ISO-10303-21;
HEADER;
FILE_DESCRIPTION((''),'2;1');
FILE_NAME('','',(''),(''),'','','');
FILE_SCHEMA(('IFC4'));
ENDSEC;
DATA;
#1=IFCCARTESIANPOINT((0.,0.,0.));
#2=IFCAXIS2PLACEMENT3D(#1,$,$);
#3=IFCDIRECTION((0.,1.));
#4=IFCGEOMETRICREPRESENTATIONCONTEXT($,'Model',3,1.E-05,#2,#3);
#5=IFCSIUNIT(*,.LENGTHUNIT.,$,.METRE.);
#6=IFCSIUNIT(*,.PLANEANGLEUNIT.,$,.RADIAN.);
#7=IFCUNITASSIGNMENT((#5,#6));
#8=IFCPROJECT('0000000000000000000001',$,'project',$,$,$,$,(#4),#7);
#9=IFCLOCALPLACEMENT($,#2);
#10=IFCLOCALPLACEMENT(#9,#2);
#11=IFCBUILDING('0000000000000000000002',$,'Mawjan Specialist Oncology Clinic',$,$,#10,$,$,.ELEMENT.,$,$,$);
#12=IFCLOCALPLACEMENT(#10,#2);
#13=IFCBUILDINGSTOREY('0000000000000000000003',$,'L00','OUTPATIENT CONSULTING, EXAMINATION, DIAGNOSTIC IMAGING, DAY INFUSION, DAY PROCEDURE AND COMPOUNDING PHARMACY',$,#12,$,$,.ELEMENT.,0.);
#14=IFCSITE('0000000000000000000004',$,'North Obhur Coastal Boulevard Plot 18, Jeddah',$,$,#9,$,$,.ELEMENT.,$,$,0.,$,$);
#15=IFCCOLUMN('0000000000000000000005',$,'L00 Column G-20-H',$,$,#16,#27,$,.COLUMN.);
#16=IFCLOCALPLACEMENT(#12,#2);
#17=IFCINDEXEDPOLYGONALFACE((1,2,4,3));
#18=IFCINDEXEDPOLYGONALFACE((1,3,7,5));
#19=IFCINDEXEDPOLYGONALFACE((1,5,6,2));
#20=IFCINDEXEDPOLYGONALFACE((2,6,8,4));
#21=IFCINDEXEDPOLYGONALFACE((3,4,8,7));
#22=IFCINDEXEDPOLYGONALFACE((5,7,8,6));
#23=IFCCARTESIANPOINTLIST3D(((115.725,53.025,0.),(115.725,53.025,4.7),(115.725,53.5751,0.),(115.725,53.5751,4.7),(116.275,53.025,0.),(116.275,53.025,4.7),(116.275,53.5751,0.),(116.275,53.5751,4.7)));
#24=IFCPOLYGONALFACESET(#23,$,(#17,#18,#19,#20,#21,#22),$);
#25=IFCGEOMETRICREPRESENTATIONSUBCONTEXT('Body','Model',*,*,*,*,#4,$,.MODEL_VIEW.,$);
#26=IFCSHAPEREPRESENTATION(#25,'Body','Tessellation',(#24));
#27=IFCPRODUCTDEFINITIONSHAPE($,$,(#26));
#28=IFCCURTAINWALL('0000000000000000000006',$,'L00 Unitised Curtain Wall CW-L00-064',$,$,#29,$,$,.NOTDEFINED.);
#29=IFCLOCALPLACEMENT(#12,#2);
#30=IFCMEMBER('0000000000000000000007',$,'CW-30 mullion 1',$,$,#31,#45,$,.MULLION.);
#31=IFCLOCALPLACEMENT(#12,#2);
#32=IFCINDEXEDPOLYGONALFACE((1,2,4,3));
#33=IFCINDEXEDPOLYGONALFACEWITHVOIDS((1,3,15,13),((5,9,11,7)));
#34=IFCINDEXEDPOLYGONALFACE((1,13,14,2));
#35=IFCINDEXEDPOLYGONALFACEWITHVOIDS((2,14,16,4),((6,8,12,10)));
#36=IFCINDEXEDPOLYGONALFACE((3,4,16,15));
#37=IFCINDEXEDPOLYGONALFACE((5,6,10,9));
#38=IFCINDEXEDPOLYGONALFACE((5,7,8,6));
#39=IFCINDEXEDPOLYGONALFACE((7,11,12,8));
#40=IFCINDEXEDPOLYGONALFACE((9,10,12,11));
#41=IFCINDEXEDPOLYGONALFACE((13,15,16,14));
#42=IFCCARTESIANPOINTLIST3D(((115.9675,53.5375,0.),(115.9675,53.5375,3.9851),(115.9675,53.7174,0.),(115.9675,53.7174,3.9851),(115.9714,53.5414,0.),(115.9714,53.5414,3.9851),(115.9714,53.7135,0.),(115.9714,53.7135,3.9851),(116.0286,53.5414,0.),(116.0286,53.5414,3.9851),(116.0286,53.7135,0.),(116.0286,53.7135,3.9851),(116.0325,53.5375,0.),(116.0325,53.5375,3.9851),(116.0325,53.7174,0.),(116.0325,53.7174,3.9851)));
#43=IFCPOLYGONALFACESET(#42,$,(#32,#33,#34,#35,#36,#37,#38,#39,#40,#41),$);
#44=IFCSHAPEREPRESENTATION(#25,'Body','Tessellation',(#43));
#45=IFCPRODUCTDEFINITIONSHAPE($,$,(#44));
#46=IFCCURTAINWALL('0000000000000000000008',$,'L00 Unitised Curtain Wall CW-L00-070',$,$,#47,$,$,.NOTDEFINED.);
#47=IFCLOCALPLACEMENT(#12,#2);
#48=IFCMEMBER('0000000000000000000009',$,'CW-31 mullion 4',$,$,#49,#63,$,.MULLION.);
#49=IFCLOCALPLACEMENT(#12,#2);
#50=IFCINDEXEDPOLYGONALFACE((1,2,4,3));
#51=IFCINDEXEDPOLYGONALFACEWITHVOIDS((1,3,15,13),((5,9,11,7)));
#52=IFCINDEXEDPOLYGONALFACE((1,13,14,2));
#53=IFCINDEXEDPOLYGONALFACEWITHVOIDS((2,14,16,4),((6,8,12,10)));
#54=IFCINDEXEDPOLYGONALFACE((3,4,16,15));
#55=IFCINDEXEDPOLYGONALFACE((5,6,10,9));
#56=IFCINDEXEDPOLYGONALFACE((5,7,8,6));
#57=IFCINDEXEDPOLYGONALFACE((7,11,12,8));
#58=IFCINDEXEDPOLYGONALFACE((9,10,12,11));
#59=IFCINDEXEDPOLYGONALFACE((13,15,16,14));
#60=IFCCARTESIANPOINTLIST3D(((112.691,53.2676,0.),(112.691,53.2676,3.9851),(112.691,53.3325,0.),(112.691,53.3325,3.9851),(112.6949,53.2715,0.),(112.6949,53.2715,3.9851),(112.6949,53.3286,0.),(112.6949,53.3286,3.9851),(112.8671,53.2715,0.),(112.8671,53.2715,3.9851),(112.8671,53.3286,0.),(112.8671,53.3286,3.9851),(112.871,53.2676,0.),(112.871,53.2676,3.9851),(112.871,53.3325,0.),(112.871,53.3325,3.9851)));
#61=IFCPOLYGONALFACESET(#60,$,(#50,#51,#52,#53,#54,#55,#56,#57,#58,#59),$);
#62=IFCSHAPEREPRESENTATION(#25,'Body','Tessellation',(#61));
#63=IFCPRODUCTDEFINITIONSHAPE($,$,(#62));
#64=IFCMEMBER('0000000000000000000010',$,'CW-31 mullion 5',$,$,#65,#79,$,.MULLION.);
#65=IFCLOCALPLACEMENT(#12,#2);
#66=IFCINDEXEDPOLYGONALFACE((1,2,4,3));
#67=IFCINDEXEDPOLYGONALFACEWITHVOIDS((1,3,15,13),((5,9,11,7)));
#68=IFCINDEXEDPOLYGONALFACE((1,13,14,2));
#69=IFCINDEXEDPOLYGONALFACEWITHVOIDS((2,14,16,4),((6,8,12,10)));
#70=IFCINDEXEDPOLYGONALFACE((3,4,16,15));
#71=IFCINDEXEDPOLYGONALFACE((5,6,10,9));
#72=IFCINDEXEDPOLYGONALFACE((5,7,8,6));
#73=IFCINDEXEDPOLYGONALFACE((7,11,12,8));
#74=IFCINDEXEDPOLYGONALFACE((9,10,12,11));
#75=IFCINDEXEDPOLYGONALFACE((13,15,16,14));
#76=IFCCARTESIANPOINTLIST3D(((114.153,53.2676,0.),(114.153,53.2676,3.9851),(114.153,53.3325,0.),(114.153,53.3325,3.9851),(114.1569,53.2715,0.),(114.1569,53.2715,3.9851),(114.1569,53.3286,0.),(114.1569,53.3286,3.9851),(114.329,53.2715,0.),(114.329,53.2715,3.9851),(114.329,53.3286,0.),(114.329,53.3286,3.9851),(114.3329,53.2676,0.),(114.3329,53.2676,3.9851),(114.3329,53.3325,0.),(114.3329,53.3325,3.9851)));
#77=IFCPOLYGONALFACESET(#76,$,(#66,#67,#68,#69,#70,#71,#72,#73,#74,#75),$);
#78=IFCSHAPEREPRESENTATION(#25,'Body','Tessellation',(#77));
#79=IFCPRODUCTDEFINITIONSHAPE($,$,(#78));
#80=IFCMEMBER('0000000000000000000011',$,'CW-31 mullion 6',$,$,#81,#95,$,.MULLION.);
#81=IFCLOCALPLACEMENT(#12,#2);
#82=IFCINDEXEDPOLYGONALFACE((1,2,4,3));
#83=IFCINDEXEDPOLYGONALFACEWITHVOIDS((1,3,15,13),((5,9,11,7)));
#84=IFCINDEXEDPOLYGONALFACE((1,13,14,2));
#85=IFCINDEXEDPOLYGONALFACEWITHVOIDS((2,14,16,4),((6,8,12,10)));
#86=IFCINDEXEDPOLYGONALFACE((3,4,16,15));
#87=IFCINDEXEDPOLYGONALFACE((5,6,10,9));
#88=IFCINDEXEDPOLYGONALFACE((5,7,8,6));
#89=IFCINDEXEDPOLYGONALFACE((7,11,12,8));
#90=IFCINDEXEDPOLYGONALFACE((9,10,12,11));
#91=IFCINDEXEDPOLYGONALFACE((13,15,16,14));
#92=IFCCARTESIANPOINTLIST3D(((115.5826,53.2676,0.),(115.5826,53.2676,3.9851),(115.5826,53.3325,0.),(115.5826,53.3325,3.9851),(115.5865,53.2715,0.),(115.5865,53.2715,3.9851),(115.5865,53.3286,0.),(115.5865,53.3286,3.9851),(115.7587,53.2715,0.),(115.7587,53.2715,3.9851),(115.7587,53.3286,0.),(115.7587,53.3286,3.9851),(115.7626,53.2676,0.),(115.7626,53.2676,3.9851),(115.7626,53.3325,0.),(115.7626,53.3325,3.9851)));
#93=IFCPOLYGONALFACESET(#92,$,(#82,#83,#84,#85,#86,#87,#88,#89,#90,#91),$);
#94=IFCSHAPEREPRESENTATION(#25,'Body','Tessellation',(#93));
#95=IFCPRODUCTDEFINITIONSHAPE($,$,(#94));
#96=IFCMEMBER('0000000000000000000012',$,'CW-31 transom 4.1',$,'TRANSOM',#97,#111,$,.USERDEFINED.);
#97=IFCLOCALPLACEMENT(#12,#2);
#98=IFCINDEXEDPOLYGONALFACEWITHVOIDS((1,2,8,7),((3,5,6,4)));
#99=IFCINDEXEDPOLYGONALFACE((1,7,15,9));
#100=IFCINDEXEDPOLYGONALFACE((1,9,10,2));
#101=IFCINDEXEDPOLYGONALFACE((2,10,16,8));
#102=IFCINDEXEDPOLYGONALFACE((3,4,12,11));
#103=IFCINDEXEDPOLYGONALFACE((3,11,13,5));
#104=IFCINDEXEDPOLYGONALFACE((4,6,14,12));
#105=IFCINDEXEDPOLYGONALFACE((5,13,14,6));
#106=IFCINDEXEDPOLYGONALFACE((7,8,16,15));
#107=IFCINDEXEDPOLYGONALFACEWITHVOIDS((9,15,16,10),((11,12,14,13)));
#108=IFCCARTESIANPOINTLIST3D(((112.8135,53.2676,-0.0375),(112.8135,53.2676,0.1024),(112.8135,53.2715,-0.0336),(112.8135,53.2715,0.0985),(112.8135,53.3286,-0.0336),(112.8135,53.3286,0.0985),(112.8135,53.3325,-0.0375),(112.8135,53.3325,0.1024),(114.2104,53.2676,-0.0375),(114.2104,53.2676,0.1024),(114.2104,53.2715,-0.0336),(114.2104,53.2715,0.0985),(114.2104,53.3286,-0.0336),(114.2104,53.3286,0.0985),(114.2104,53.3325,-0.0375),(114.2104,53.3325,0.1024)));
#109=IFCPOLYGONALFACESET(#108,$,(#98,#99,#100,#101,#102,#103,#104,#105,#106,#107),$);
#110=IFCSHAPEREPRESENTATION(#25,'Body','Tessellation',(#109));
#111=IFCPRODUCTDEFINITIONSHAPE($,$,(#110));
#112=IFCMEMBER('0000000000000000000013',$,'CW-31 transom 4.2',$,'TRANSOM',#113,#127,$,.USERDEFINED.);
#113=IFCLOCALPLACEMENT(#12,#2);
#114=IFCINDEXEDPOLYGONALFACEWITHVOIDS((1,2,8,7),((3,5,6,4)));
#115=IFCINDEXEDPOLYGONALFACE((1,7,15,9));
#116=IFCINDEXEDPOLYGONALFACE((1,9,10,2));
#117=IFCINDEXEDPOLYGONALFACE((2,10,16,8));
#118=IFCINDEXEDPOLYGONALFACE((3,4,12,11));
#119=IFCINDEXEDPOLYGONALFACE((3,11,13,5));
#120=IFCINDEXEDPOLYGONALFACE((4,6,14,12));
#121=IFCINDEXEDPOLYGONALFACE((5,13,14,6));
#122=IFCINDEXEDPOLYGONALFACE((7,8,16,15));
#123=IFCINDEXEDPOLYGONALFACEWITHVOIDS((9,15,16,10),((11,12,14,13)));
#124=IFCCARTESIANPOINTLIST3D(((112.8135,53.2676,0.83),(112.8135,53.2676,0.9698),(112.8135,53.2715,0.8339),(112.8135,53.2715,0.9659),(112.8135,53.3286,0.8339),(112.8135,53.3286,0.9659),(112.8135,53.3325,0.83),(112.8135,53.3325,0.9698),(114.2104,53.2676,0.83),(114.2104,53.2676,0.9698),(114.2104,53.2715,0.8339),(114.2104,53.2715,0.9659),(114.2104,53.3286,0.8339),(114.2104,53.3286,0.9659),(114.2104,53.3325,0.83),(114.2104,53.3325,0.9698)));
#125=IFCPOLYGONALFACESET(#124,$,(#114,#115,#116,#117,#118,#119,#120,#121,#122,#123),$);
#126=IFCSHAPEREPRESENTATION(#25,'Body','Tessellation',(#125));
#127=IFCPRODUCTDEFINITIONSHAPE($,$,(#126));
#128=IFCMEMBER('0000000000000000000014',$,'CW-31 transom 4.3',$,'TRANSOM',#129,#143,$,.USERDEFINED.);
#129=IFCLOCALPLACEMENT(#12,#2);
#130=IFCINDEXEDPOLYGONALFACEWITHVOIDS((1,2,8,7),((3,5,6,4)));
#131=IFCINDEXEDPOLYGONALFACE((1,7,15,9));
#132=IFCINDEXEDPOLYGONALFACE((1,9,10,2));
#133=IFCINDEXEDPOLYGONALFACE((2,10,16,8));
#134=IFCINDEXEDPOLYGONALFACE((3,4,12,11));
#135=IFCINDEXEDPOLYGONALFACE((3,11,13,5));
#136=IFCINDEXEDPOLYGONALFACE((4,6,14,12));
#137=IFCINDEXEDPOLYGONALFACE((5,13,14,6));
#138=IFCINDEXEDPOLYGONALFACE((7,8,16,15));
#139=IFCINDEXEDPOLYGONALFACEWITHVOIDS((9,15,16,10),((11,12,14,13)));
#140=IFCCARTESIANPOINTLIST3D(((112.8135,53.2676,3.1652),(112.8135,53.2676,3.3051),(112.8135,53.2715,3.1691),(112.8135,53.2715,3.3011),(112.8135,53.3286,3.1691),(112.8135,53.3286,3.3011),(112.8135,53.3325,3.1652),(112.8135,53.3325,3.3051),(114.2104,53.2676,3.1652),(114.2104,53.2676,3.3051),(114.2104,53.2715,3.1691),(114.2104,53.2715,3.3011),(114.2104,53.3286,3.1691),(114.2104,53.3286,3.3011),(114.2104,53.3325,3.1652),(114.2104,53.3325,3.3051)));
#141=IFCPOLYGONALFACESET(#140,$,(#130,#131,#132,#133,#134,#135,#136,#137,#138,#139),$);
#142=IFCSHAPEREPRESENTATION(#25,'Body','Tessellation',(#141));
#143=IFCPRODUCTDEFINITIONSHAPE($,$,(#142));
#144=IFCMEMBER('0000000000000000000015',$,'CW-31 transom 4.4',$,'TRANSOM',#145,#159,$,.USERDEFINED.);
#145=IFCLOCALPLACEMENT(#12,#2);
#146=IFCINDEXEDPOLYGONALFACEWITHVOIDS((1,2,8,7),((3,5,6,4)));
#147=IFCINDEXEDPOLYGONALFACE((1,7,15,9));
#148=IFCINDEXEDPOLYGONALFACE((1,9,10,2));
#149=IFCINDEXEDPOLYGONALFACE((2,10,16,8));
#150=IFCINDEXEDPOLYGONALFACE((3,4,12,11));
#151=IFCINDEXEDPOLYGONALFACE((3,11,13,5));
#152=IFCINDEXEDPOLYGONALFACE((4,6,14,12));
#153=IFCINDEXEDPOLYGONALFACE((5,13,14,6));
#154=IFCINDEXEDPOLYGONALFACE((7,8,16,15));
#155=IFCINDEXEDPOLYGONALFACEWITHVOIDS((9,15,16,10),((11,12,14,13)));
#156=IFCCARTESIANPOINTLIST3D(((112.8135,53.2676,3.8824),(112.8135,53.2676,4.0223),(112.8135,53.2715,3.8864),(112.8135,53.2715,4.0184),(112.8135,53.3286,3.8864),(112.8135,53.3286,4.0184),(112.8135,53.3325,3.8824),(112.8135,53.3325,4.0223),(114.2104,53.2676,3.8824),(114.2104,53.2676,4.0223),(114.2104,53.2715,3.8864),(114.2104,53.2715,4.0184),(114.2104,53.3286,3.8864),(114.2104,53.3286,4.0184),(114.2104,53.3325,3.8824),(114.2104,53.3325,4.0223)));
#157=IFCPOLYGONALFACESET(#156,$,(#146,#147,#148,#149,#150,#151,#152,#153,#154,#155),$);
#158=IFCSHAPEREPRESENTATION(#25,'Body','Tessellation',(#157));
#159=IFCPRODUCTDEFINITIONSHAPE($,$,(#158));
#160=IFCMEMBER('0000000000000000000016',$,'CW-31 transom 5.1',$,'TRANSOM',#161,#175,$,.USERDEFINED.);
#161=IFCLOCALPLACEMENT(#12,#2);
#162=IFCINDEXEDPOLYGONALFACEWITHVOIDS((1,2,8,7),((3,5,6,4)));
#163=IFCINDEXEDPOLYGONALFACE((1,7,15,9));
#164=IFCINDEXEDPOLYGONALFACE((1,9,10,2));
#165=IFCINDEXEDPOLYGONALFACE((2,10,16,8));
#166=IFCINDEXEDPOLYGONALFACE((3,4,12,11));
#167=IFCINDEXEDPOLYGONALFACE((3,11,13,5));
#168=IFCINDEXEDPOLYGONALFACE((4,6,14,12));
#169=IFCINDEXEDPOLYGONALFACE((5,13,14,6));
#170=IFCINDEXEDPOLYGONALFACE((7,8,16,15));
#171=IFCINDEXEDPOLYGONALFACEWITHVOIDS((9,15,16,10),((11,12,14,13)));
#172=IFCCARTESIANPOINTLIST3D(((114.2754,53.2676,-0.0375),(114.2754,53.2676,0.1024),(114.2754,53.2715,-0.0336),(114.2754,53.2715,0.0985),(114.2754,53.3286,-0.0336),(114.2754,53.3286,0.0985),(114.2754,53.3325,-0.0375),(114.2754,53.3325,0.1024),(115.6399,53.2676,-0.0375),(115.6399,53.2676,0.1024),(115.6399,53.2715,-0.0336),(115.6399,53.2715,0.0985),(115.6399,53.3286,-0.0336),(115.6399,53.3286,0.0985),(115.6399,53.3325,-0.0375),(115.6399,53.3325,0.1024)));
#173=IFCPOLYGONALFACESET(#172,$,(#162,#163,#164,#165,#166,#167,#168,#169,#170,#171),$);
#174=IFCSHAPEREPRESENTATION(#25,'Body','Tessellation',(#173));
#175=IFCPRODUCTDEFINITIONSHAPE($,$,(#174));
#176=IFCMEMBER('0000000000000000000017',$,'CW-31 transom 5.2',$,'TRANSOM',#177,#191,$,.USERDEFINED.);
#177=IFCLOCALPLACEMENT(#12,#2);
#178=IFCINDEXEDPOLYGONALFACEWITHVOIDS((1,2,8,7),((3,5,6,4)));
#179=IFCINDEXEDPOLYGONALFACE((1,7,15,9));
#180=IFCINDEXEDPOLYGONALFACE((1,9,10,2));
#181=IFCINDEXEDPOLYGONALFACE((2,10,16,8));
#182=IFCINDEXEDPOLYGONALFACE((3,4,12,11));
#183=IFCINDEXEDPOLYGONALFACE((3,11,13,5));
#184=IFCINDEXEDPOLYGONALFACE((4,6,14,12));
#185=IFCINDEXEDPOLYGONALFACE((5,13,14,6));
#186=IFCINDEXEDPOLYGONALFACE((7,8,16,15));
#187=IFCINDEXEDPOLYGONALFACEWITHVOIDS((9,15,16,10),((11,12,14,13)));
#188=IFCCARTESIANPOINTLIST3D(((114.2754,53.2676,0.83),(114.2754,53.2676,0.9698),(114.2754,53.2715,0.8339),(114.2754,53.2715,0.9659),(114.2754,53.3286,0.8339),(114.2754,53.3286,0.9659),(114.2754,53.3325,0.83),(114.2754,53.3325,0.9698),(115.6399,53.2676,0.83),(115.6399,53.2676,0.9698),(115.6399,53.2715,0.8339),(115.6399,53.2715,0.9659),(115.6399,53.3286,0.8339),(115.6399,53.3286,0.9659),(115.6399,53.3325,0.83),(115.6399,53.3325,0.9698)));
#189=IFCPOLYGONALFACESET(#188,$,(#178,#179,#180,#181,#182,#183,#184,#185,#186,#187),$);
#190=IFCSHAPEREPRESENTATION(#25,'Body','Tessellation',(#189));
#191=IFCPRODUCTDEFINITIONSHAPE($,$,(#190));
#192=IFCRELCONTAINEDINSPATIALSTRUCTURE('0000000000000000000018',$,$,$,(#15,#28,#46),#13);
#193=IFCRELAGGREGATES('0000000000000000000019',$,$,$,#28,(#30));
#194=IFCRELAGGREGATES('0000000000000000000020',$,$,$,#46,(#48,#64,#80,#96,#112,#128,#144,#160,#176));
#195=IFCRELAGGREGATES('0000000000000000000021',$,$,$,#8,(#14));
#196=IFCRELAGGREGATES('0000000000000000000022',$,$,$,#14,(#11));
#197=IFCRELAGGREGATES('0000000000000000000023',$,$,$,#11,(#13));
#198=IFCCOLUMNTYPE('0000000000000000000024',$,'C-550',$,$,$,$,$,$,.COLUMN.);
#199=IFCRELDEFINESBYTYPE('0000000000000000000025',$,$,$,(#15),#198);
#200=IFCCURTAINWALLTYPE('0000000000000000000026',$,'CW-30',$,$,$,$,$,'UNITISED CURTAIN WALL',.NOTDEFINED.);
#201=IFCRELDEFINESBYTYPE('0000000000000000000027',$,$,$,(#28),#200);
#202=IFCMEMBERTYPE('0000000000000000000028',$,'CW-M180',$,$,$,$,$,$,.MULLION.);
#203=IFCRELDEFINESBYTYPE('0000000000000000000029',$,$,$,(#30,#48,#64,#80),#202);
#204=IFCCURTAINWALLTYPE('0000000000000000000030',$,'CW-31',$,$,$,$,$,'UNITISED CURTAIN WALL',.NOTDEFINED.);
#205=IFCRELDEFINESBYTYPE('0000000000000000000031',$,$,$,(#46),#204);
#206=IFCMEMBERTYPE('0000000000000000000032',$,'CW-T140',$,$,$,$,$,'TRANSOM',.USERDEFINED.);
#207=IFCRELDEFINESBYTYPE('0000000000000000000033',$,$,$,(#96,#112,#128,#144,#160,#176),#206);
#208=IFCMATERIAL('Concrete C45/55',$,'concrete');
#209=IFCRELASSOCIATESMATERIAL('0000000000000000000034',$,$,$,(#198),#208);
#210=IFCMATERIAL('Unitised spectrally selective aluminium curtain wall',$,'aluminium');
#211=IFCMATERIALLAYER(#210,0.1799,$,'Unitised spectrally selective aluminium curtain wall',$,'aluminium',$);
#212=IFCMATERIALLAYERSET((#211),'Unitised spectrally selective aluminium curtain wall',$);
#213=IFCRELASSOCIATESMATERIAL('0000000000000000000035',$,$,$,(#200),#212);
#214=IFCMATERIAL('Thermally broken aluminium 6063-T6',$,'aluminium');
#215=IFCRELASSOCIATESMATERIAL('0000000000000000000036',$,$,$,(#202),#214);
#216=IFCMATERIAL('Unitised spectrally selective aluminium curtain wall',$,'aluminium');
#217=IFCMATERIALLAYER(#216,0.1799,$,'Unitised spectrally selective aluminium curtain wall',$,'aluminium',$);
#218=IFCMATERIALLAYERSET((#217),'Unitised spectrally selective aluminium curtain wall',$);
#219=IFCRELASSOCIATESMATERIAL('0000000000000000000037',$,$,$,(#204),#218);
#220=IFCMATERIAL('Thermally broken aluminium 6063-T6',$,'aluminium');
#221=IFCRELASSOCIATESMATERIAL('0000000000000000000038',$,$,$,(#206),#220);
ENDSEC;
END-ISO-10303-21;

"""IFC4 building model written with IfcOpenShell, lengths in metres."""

from ifc_helpers import new_model, si_unit, direction, frame, origin, origin_2d, place, context, subcontext, project, spatial, rectangle, hollow_rectangle, extrude, material, layer, layer_set, material_profile, profile_set, type_object, element, aggregate, save


model = new_model("IFC4")

# Units and contexts
model_context = context("Model", 3, precision=1e-05, world=origin(), true_north=direction((0.0, 1.0)))
body_context = subcontext(model_context, "Body", "Model", "MODEL_VIEW")
ifc_project = project(units=[si_unit("LENGTHUNIT", "METRE"), si_unit("PLANEANGLEUNIT", "RADIAN")], contexts=[model_context])

# Site, building, storey
site_placement = place(None, origin())
site = spatial("IfcSite", under=ifc_project, at=site_placement, Name="North Obhur Coastal Boulevard Plot 18, Jeddah", CompositionType="ELEMENT", RefElevation=0.0)
building_placement = place(site_placement, origin())
building = spatial("IfcBuilding", under=site, at=building_placement, Name="Mawjan Specialist Oncology Clinic", CompositionType="ELEMENT")
storey_placement = place(building_placement, origin())
storey = spatial("IfcBuildingStorey", under=building, at=storey_placement, Name="L00", Description="OUTPATIENT CONSULTING, EXAMINATION, DIAGNOSTIC IMAGING, DAY INFUSION, DAY PROCEDURE AND COMPOUNDING PHARMACY", CompositionType="ELEMENT", Elevation=0.0)

# Column
ifc_material_1 = material(Name="Concrete C45/55", Category="concrete")
ifc_material_profile_1 = material_profile(ifc_material_1, rectangle(XDim=0.55, YDim=0.55, at=origin_2d()), Name="RC COL 550x550", Category="concrete")
ifc_profile_set_1 = profile_set([ifc_material_profile_1], Name="Concrete C45/55")
column_type = type_object("IfcColumnType", Name="C-550", PredefinedType="COLUMN", material=ifc_profile_set_1)
column_placement = place(storey_placement, frame((116.0, 53.3, 0.0), z_axis=(0.0, 0.0, 1.0), x_axis=(1.0, 0.0, 0.0)))
element("IfcColumn", 1, at=column_placement, inside=storey, type_object=column_type, Name="L00 Column G-20-H", PredefinedType="COLUMN", context=body_context, shape_type="SweptSolid", body=[
    extrude(rectangle(XDim=0.55, YDim=0.55, at=origin_2d()), origin(), (0.0, 0.0, 1.0), 4.7),
])

# Curtain wall, member
ifc_material_2 = material(Name="Unitised spectrally selective aluminium curtain wall", Category="aluminium")
ifc_layer_1 = layer(ifc_material_2, 0.1799, Name="Unitised spectrally selective aluminium curtain wall", Category="aluminium")
ifc_layer_set_1 = layer_set([ifc_layer_1], Name="Unitised spectrally selective aluminium curtain wall")
curtain_wall_type_1 = type_object("IfcCurtainWallType", Name="CW-30", ElementType="UNITISED CURTAIN WALL", PredefinedType="NOTDEFINED", material=ifc_layer_set_1)
curtain_wall_1_placement = place(storey_placement, origin())
curtain_wall_1 = element("IfcCurtainWall", 2, at=curtain_wall_1_placement, inside=storey, type_object=curtain_wall_type_1, Name="L00 Unitised Curtain Wall CW-L00-064", PredefinedType="NOTDEFINED")
ifc_material_3 = material(Name="Thermally broken aluminium 6063-T6", Category="aluminium")
ifc_material_profile_2 = material_profile(ifc_material_3, hollow_rectangle(XDim=0.0649, YDim=0.1799, WallThickness=0.0039, at=origin_2d()), Name="ALU MULLION 180x65x4", Category="aluminium")
ifc_profile_set_2 = profile_set([ifc_material_profile_2], Name="Thermally broken aluminium 6063-T6")
member_type_1 = type_object("IfcMemberType", Name="CW-M180", PredefinedType="MULLION", material=ifc_profile_set_2)
member_1_placement = place(storey_placement, frame((116.0, 53.6274, 0.0), z_axis=(0.0, 0.0, 1.0), x_axis=(-1.0, 0.0, 0.0)))
member_1 = element("IfcMember", 3, at=member_1_placement, type_object=member_type_1, Name="CW-30 mullion 1", PredefinedType="MULLION", context=body_context, shape_type="SweptSolid", body=[
    extrude(hollow_rectangle(XDim=0.0649, YDim=0.1799, WallThickness=0.0039, at=origin_2d()), origin(), (0.0, 0.0, 1.0), 3.9851),
])
aggregate(curtain_wall_1, [member_1])

# Curtain wall, members
ifc_material_4 = material(Name="Unitised spectrally selective aluminium curtain wall", Category="aluminium")
ifc_layer_2 = layer(ifc_material_4, 0.1799, Name="Unitised spectrally selective aluminium curtain wall", Category="aluminium")
ifc_layer_set_2 = layer_set([ifc_layer_2], Name="Unitised spectrally selective aluminium curtain wall")
curtain_wall_type_2 = type_object("IfcCurtainWallType", Name="CW-31", ElementType="UNITISED CURTAIN WALL", PredefinedType="NOTDEFINED", material=ifc_layer_set_2)
curtain_wall_2_placement = place(storey_placement, origin())
curtain_wall_2 = element("IfcCurtainWall", 4, at=curtain_wall_2_placement, inside=storey, type_object=curtain_wall_type_2, Name="L00 Unitised Curtain Wall CW-L00-070", PredefinedType="NOTDEFINED")
member_2_placement = place(storey_placement, frame((112.781, 53.3, 0.0), z_axis=(0.0, 0.0, 1.0), x_axis=(0.0, 1.0, 0.0)))
member_2 = element("IfcMember", 5, at=member_2_placement, type_object=member_type_1, Name="CW-31 mullion 4", PredefinedType="MULLION", context=body_context, shape_type="SweptSolid", body=[
    extrude(hollow_rectangle(XDim=0.0649, YDim=0.1799, WallThickness=0.0039, at=origin_2d()), origin(), (0.0, 0.0, 1.0), 3.9851),
])
member_3_placement = place(storey_placement, frame((114.2429, 53.3, 0.0), z_axis=(0.0, 0.0, 1.0), x_axis=(0.0, 1.0, 0.0)))
member_3 = element("IfcMember", 6, at=member_3_placement, type_object=member_type_1, Name="CW-31 mullion 5", PredefinedType="MULLION", context=body_context, shape_type="SweptSolid", body=[
    extrude(hollow_rectangle(XDim=0.0649, YDim=0.1799, WallThickness=0.0039, at=origin_2d()), origin(), (0.0, 0.0, 1.0), 3.9851),
])
member_4_placement = place(storey_placement, frame((115.6726, 53.3, 0.0), z_axis=(0.0, 0.0, 1.0), x_axis=(0.0, 1.0, 0.0)))
member_4 = element("IfcMember", 7, at=member_4_placement, type_object=member_type_1, Name="CW-31 mullion 6", PredefinedType="MULLION", context=body_context, shape_type="SweptSolid", body=[
    extrude(hollow_rectangle(XDim=0.0649, YDim=0.1799, WallThickness=0.0039, at=origin_2d()), origin(), (0.0, 0.0, 1.0), 3.9851),
])
ifc_material_5 = material(Name="Thermally broken aluminium 6063-T6", Category="aluminium")
ifc_material_profile_3 = material_profile(ifc_material_5, hollow_rectangle(XDim=0.0649, YDim=0.1399, WallThickness=0.0039, at=origin_2d()), Name="ALU TRANSOM 140x65x4", Category="aluminium")
ifc_profile_set_3 = profile_set([ifc_material_profile_3], Name="Thermally broken aluminium 6063-T6")
member_type_2 = type_object("IfcMemberType", Name="CW-T140", ElementType="TRANSOM", PredefinedType="USERDEFINED", material=ifc_profile_set_3)
member_5_placement = place(storey_placement, frame((112.8135, 53.3, 0.0325), z_axis=(1.0, 0.0, 0.0), x_axis=(0.0, 1.0, 0.0)))
member_5 = element("IfcMember", 8, at=member_5_placement, type_object=member_type_2, Name="CW-31 transom 4.1", ObjectType="TRANSOM", PredefinedType="USERDEFINED", context=body_context, shape_type="SweptSolid", body=[
    extrude(hollow_rectangle(XDim=0.0649, YDim=0.1399, WallThickness=0.0039, at=origin_2d()), origin(), (0.0, 0.0, 1.0), 1.397),
])
member_6_placement = place(storey_placement, frame((112.8135, 53.3, 0.8999), z_axis=(1.0, 0.0, 0.0), x_axis=(0.0, 1.0, 0.0)))
member_6 = element("IfcMember", 9, at=member_6_placement, type_object=member_type_2, Name="CW-31 transom 4.2", ObjectType="TRANSOM", PredefinedType="USERDEFINED", context=body_context, shape_type="SweptSolid", body=[
    extrude(hollow_rectangle(XDim=0.0649, YDim=0.1399, WallThickness=0.0039, at=origin_2d()), origin(), (0.0, 0.0, 1.0), 1.397),
])
member_7_placement = place(storey_placement, frame((112.8135, 53.3, 3.2351), z_axis=(1.0, 0.0, 0.0), x_axis=(0.0, 1.0, 0.0)))
member_7 = element("IfcMember", 10, at=member_7_placement, type_object=member_type_2, Name="CW-31 transom 4.3", ObjectType="TRANSOM", PredefinedType="USERDEFINED", context=body_context, shape_type="SweptSolid", body=[
    extrude(hollow_rectangle(XDim=0.0649, YDim=0.1399, WallThickness=0.0039, at=origin_2d()), origin(), (0.0, 0.0, 1.0), 1.397),
])
member_8_placement = place(storey_placement, frame((112.8135, 53.3, 3.9524), z_axis=(1.0, 0.0, 0.0), x_axis=(0.0, 1.0, 0.0)))
member_8 = element("IfcMember", 11, at=member_8_placement, type_object=member_type_2, Name="CW-31 transom 4.4", ObjectType="TRANSOM", PredefinedType="USERDEFINED", context=body_context, shape_type="SweptSolid", body=[
    extrude(hollow_rectangle(XDim=0.0649, YDim=0.1399, WallThickness=0.0039, at=origin_2d()), origin(), (0.0, 0.0, 1.0), 1.397),
])
member_9_placement = place(storey_placement, frame((114.2754, 53.3, 0.0325), z_axis=(1.0, 0.0, 0.0), x_axis=(0.0, 1.0, 0.0)))
member_9 = element("IfcMember", 12, at=member_9_placement, type_object=member_type_2, Name="CW-31 transom 5.1", ObjectType="TRANSOM", PredefinedType="USERDEFINED", context=body_context, shape_type="SweptSolid", body=[
    extrude(hollow_rectangle(XDim=0.0649, YDim=0.1399, WallThickness=0.0039, at=origin_2d()), origin(), (0.0, 0.0, 1.0), 1.3645),
])
member_10_placement = place(storey_placement, frame((114.2754, 53.3, 0.8999), z_axis=(1.0, 0.0, 0.0), x_axis=(0.0, 1.0, 0.0)))
member_10 = element("IfcMember", 13, at=member_10_placement, type_object=member_type_2, Name="CW-31 transom 5.2", ObjectType="TRANSOM", PredefinedType="USERDEFINED", context=body_context, shape_type="SweptSolid", body=[
    extrude(hollow_rectangle(XDim=0.0649, YDim=0.1399, WallThickness=0.0039, at=origin_2d()), origin(), (0.0, 0.0, 1.0), 1.3645),
])

aggregate(curtain_wall_2, [member_2, member_3, member_4, member_5, member_6, member_7, member_8, member_9, member_10])

save(model, "model.ifc")
